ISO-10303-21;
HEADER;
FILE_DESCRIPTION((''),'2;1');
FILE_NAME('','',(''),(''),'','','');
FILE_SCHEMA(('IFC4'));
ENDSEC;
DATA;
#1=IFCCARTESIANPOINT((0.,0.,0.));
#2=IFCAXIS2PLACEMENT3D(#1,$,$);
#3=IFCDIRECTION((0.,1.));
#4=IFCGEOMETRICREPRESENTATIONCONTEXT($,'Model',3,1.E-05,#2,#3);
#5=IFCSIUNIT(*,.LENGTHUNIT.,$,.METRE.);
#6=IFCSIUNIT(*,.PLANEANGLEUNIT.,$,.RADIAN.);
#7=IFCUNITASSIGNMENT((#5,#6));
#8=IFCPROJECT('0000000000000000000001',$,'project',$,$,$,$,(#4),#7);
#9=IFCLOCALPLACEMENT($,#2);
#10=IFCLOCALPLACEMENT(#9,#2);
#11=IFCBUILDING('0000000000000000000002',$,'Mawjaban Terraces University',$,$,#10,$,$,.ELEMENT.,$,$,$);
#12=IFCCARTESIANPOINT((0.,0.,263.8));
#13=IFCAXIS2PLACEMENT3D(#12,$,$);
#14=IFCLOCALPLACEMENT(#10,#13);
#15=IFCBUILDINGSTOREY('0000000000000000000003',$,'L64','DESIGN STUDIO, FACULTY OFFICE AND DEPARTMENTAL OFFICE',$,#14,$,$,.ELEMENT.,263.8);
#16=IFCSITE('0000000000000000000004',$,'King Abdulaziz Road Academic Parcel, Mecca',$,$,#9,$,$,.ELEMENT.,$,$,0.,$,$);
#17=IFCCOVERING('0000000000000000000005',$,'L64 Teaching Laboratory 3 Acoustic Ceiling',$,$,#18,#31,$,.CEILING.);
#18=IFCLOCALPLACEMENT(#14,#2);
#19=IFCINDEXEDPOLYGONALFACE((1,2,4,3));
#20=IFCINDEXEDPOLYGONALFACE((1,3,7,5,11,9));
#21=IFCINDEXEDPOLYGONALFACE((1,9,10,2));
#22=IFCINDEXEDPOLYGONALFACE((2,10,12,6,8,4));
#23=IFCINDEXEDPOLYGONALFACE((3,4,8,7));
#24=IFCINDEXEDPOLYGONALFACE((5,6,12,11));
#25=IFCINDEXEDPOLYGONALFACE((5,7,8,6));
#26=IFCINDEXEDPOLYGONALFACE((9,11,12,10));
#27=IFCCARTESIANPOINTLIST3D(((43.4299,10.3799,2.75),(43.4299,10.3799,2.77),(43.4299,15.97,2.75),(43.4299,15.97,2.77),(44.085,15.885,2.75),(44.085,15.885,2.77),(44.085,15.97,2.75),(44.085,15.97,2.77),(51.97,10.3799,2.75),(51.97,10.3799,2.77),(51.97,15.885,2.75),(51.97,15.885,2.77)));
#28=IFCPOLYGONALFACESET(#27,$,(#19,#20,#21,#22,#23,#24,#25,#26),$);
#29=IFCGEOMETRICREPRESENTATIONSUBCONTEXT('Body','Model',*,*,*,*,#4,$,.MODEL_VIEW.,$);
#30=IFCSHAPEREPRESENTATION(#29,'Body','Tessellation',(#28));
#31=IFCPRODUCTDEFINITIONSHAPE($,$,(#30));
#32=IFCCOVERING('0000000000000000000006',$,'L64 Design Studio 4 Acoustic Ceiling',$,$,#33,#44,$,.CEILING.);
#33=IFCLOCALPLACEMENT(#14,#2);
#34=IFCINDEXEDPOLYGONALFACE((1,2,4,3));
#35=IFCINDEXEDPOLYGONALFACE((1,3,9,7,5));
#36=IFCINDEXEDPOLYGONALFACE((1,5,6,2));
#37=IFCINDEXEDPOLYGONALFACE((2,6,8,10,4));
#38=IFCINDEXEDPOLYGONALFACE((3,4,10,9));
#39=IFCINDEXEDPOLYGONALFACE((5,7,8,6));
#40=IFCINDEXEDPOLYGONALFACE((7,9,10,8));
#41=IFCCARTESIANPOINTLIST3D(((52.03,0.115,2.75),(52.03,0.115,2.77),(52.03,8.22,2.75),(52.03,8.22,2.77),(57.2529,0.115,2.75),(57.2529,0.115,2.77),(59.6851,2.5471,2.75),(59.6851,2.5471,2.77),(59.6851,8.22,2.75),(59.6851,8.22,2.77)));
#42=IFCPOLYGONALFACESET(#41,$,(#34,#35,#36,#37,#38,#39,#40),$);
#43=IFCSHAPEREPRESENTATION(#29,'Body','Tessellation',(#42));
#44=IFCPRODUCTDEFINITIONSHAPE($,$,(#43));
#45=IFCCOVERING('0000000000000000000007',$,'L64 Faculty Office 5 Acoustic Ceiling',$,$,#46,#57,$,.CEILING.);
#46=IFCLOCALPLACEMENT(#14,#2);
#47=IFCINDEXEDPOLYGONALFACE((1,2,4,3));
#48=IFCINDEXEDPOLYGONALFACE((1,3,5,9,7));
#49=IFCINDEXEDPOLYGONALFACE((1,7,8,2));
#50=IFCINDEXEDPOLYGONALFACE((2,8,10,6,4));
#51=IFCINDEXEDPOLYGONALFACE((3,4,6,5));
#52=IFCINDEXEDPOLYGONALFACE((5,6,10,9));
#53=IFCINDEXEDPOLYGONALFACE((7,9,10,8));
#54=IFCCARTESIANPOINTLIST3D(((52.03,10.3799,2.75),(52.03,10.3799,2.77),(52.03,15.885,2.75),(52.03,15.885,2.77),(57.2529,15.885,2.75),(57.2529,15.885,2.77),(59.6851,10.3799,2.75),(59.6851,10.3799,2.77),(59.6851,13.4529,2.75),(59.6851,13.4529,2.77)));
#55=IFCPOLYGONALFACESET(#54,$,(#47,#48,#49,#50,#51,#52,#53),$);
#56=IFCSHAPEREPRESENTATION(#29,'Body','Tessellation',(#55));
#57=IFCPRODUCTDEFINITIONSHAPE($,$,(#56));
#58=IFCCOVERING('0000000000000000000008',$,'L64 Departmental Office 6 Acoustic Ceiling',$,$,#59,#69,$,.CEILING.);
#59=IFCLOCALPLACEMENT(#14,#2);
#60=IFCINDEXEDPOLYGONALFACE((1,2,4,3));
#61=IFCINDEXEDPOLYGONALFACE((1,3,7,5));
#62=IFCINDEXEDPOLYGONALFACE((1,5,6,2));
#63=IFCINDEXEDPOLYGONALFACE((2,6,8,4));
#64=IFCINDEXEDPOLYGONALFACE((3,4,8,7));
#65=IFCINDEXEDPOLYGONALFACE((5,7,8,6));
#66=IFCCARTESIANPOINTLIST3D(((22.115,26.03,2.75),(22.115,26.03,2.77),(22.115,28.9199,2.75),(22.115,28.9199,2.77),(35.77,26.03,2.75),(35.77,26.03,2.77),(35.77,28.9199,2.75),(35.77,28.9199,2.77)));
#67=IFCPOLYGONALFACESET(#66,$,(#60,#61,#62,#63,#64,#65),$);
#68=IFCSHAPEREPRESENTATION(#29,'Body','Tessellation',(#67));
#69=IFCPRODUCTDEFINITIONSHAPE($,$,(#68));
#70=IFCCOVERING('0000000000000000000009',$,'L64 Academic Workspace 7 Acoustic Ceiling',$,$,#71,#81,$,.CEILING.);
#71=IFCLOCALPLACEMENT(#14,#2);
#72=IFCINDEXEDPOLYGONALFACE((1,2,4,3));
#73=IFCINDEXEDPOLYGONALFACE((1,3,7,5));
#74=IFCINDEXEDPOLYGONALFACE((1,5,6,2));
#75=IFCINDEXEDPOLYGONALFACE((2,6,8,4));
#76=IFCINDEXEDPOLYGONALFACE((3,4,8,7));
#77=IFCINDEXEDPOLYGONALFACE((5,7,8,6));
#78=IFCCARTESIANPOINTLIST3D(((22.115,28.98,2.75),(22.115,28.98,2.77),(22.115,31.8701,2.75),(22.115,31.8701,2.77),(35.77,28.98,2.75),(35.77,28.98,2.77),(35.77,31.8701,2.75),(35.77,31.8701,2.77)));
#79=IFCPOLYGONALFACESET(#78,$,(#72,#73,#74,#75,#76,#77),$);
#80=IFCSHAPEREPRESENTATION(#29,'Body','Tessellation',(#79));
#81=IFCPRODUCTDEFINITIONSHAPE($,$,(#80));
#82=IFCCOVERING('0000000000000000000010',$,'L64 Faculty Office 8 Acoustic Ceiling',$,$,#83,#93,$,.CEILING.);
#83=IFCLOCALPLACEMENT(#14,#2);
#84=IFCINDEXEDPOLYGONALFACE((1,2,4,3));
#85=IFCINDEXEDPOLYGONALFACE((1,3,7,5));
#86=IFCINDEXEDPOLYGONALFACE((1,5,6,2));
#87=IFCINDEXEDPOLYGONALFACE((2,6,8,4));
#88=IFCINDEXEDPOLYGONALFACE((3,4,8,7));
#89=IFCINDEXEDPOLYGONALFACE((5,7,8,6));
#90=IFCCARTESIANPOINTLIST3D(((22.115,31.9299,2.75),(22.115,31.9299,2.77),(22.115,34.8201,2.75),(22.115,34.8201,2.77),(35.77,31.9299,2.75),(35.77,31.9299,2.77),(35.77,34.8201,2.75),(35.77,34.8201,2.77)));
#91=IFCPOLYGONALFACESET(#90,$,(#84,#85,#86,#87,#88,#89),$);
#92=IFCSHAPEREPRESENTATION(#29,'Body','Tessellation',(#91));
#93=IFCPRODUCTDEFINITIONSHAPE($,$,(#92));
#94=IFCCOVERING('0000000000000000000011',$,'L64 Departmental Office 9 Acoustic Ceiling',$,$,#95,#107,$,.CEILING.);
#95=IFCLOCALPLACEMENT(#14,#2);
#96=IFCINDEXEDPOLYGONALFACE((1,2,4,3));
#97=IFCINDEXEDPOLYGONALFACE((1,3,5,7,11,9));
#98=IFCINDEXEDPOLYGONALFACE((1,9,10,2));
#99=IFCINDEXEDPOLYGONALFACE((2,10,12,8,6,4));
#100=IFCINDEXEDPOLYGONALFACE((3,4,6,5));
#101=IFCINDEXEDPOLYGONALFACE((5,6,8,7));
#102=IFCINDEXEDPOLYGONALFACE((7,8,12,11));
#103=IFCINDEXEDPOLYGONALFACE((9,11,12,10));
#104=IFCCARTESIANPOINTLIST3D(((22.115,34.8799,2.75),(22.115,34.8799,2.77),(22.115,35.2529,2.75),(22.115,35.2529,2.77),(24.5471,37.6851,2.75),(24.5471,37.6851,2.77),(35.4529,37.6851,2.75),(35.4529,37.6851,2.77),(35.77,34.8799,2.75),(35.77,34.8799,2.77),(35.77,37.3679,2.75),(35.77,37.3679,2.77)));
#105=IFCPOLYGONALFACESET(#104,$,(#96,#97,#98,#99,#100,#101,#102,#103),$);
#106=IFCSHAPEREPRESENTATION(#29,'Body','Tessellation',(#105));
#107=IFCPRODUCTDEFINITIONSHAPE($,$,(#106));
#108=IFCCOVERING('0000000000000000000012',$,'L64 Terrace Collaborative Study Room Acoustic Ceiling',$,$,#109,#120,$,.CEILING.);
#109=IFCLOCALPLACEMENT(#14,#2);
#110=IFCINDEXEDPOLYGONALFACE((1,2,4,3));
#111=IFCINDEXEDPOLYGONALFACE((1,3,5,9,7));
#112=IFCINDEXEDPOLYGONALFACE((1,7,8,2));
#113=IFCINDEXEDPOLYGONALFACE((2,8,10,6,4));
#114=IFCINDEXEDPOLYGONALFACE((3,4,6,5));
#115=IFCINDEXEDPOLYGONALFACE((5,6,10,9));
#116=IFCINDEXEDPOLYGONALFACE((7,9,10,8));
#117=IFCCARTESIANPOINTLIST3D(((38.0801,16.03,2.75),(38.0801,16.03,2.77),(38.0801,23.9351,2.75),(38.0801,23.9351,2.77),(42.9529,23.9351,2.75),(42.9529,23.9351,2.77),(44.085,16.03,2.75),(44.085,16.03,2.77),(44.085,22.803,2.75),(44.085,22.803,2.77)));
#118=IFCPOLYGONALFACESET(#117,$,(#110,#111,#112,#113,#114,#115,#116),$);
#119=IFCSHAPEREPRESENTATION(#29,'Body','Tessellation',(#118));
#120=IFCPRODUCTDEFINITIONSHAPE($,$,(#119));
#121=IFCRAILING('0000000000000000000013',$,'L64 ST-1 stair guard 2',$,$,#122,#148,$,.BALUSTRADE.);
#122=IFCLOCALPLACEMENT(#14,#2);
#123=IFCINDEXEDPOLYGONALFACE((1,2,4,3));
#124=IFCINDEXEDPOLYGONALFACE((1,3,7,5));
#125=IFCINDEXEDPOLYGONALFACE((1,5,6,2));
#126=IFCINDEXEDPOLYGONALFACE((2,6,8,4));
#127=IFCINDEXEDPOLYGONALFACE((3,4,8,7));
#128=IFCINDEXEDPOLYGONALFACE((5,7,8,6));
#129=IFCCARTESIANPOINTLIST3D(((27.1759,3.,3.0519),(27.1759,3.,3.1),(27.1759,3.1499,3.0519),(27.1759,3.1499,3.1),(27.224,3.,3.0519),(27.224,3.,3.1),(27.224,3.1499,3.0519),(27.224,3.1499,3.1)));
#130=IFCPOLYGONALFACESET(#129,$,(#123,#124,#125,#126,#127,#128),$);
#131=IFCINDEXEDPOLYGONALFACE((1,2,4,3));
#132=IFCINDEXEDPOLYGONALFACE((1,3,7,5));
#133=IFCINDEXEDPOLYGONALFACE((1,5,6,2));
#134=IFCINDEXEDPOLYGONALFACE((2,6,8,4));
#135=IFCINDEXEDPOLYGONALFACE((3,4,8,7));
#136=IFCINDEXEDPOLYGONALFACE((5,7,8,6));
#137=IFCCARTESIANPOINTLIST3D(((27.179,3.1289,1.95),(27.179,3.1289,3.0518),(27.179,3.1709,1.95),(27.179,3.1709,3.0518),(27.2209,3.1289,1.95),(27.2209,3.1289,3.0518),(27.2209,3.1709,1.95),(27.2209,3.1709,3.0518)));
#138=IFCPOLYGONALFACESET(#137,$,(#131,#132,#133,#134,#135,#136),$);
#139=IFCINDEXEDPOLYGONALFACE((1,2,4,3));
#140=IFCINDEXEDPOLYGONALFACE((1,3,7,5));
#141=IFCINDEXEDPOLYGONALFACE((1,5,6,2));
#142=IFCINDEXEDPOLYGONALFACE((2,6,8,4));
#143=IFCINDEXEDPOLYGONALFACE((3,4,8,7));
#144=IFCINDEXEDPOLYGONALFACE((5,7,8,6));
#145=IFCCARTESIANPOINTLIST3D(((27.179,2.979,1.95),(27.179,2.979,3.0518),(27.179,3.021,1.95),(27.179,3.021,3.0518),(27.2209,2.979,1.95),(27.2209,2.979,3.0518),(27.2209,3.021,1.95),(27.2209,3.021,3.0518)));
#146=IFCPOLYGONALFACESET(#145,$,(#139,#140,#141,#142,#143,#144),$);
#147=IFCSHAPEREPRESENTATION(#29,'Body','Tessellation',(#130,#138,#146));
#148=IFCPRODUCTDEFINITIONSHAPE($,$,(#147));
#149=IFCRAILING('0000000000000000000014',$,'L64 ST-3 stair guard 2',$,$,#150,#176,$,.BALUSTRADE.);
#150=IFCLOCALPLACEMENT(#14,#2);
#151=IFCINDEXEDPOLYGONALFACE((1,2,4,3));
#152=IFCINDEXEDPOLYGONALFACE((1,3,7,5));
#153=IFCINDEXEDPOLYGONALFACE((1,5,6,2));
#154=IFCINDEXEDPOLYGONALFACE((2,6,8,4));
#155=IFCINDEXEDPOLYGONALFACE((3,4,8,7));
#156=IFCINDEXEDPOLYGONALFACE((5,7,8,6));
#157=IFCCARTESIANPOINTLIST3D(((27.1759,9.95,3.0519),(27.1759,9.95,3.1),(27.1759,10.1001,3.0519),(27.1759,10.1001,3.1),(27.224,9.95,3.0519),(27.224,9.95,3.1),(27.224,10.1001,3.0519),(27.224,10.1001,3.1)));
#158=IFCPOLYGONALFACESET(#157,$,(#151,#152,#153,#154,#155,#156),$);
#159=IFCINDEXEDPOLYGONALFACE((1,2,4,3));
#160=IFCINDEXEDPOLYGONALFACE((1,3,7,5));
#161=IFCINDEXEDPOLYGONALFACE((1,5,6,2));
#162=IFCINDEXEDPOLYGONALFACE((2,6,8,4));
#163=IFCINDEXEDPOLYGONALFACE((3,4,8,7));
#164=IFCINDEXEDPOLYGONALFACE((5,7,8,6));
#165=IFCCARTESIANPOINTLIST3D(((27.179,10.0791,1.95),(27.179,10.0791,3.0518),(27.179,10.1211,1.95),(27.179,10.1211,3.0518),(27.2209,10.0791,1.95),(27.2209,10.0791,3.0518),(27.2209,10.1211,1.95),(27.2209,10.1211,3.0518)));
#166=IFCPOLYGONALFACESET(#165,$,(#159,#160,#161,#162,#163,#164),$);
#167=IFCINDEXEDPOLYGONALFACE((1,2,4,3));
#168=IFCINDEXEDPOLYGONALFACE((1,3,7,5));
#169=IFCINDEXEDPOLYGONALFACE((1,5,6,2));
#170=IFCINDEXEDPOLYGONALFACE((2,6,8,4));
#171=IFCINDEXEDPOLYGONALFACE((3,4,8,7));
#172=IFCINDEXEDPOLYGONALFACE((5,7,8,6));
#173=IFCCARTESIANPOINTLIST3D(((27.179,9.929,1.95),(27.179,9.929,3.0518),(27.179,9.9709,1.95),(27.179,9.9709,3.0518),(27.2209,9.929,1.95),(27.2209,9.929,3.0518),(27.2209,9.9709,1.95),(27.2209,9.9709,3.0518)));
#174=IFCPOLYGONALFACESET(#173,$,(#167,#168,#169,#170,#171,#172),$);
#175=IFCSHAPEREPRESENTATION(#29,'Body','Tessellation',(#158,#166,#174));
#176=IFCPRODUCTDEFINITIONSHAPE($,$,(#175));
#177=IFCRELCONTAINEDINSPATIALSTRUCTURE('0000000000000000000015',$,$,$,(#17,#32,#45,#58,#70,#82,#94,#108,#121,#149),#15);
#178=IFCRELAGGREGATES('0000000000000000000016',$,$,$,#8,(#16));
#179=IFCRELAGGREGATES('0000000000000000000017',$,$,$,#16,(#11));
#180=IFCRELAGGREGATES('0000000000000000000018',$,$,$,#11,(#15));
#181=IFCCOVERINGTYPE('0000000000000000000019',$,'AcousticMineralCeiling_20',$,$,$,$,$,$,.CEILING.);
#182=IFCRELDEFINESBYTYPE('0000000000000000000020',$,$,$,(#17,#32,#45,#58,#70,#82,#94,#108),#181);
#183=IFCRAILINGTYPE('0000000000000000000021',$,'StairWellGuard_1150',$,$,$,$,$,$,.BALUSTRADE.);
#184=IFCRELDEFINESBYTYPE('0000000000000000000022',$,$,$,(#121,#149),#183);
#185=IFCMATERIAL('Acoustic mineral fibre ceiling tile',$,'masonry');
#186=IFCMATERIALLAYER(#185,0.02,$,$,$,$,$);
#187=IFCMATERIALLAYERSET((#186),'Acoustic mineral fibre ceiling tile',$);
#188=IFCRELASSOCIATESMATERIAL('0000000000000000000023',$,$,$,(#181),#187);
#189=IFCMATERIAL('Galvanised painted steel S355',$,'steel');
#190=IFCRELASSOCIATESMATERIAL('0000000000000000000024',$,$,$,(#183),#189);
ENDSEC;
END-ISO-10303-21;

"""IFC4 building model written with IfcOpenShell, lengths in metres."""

from ifc_helpers import new_model, si_unit, direction, frame, origin, origin_2d, place, context, subcontext, project, spatial, polyline, rectangle, outline, extrude, material, layer, layer_set, type_object, element, save


model = new_model("IFC4")

# Units and contexts
model_context = context("Model", 3, precision=1e-05, world=origin(), true_north=direction((0.0, 1.0)))
body_context = subcontext(model_context, "Body", "Model", "MODEL_VIEW")
ifc_project = project(units=[si_unit("LENGTHUNIT", "METRE"), si_unit("PLANEANGLEUNIT", "RADIAN")], contexts=[model_context])

# Site, building, storey
site_placement = place(None, origin())
site = spatial("IfcSite", under=ifc_project, at=site_placement, Name="King Abdulaziz Road Academic Parcel, Mecca", CompositionType="ELEMENT", RefElevation=0.0)
building_placement = place(site_placement, origin())
building = spatial("IfcBuilding", under=site, at=building_placement, Name="Mawjaban Terraces University", CompositionType="ELEMENT")
storey_placement = place(building_placement, frame((0.0, 0.0, 263.8)))
storey = spatial("IfcBuildingStorey", under=building, at=storey_placement, Name="L64", Description="DESIGN STUDIO, FACULTY OFFICE AND DEPARTMENTAL OFFICE", CompositionType="ELEMENT", Elevation=263.8)

# Coverings
ifc_material_1 = material(Name="Acoustic mineral fibre ceiling tile", Category="masonry")
ifc_layer_1 = layer(ifc_material_1, 0.02)
ifc_layer_set_1 = layer_set([ifc_layer_1], Name="Acoustic mineral fibre ceiling tile")
covering_type = type_object("IfcCoveringType", Name="AcousticMineralCeiling_20", PredefinedType="CEILING", material=ifc_layer_set_1)
covering_1_placement = place(storey_placement, frame((0.0, 0.0, 2.75)))
element("IfcCovering", 1, at=covering_1_placement, inside=storey, type_object=covering_type, Name="L64 Teaching Laboratory 3 Acoustic Ceiling", PredefinedType="CEILING", context=body_context, shape_type="SweptSolid", body=[
    extrude(outline(polyline([(51.97, 15.885), (44.085, 15.885), (44.085, 15.97), (43.4299, 15.97), (43.4299, 10.3799), (51.97, 10.3799), (51.97, 15.885)])), origin(), (0.0, 0.0, 1.0), 0.02),
])
covering_2_placement = place(storey_placement, frame((0.0, 0.0, 2.75)))
element("IfcCovering", 2, at=covering_2_placement, inside=storey, type_object=covering_type, Name="L64 Design Studio 4 Acoustic Ceiling", PredefinedType="CEILING", context=body_context, shape_type="SweptSolid", body=[
    extrude(outline(polyline([(52.03, 0.115), (57.2529, 0.115), (59.6851, 2.5471), (59.6851, 8.22), (52.03, 8.22), (52.03, 0.115)])), origin(), (0.0, 0.0, 1.0), 0.02),
])
covering_3_placement = place(storey_placement, frame((0.0, 0.0, 2.75)))
element("IfcCovering", 3, at=covering_3_placement, inside=storey, type_object=covering_type, Name="L64 Faculty Office 5 Acoustic Ceiling", PredefinedType="CEILING", context=body_context, shape_type="SweptSolid", body=[
    extrude(outline(polyline([(59.6851, 10.3799), (59.6851, 13.4529), (57.2529, 15.885), (52.03, 15.885), (52.03, 10.3799), (59.6851, 10.3799)])), origin(), (0.0, 0.0, 1.0), 0.02),
])
covering_4_placement = place(storey_placement, frame((0.0, 0.0, 2.75)))
element("IfcCovering", 4, at=covering_4_placement, inside=storey, type_object=covering_type, Name="L64 Departmental Office 6 Acoustic Ceiling", PredefinedType="CEILING", context=body_context, shape_type="SweptSolid", body=[
    extrude(outline(polyline([(22.115, 28.9199), (22.115, 26.03), (35.77, 26.03), (35.77, 28.9199), (22.115, 28.9199)])), origin(), (0.0, 0.0, 1.0), 0.02),
])
covering_5_placement = place(storey_placement, frame((0.0, 0.0, 2.75)))
element("IfcCovering", 5, at=covering_5_placement, inside=storey, type_object=covering_type, Name="L64 Academic Workspace 7 Acoustic Ceiling", PredefinedType="CEILING", context=body_context, shape_type="SweptSolid", body=[
    extrude(outline(polyline([(22.115, 31.8701), (22.115, 28.98), (35.77, 28.98), (35.77, 31.8701), (22.115, 31.8701)])), origin(), (0.0, 0.0, 1.0), 0.02),
])
covering_6_placement = place(storey_placement, frame((0.0, 0.0, 2.75)))
element("IfcCovering", 6, at=covering_6_placement, inside=storey, type_object=covering_type, Name="L64 Faculty Office 8 Acoustic Ceiling", PredefinedType="CEILING", context=body_context, shape_type="SweptSolid", body=[
    extrude(outline(polyline([(22.115, 34.8201), (22.115, 31.9299), (35.77, 31.9299), (35.77, 34.8201), (22.115, 34.8201)])), origin(), (0.0, 0.0, 1.0), 0.02),
])
covering_7_placement = place(storey_placement, frame((0.0, 0.0, 2.75)))
element("IfcCovering", 7, at=covering_7_placement, inside=storey, type_object=covering_type, Name="L64 Departmental Office 9 Acoustic Ceiling", PredefinedType="CEILING", context=body_context, shape_type="SweptSolid", body=[
    extrude(outline(polyline([(35.77, 37.3679), (35.4529, 37.6851), (24.5471, 37.6851), (22.115, 35.2529), (22.115, 34.8799), (35.77, 34.8799), (35.77, 37.3679)])), origin(), (0.0, 0.0, 1.0), 0.02),
])
covering_8_placement = place(storey_placement, frame((0.0, 0.0, 2.75)))
element("IfcCovering", 8, at=covering_8_placement, inside=storey, type_object=covering_type, Name="L64 Terrace Collaborative Study Room Acoustic Ceiling", PredefinedType="CEILING", context=body_context, shape_type="SweptSolid", body=[
    extrude(outline(polyline([(44.085, 16.03), (44.085, 22.803), (42.9529, 23.9351), (38.0801, 23.9351), (38.0801, 16.03), (44.085, 16.03)])), origin(), (0.0, 0.0, 1.0), 0.02),
])

# Railings
ifc_material_2 = material(Name="Galvanised painted steel S355", Category="steel")
railing_type = type_object("IfcRailingType", Name="StairWellGuard_1150", PredefinedType="BALUSTRADE", material=ifc_material_2)
railing_1_placement = place(storey_placement, frame((27.2, 3.1499, 1.95)))
element("IfcRailing", 9, at=railing_1_placement, inside=storey, type_object=railing_type, Name="L64 ST-1 stair guard 2", PredefinedType="BALUSTRADE", context=body_context, shape_type="SweptSolid", body=[
    extrude(rectangle(XDim=0.0481, YDim=0.0481, at=origin_2d()), frame((0.0, 0.0, 1.126), z_axis=(0.0, -1.0, 0.0), x_axis=(1.0, 0.0, 0.0)), (0.0, 0.0, 1.0), 0.1499),
    extrude(rectangle(XDim=0.042, YDim=0.042, at=origin_2d()), origin(), (0.0, 0.0, 1.0), 1.1018),
    extrude(rectangle(XDim=0.042, YDim=0.042, at=origin_2d()), frame((0.0, -0.1499, 0.0)), (0.0, 0.0, 1.0), 1.1018),
])
railing_2_placement = place(storey_placement, frame((27.2, 10.1001, 1.95)))
element("IfcRailing", 10, at=railing_2_placement, inside=storey, type_object=railing_type, Name="L64 ST-3 stair guard 2", PredefinedType="BALUSTRADE", context=body_context, shape_type="SweptSolid", body=[
    extrude(rectangle(XDim=0.0481, YDim=0.0481, at=origin_2d()), frame((0.0, 0.0, 1.126), z_axis=(0.0, -1.0, 0.0), x_axis=(1.0, 0.0, 0.0)), (0.0, 0.0, 1.0), 0.1501),
    extrude(rectangle(XDim=0.042, YDim=0.042, at=origin_2d()), origin(), (0.0, 0.0, 1.0), 1.1018),
    extrude(rectangle(XDim=0.042, YDim=0.042, at=origin_2d()), frame((0.0, -0.1501, 0.0)), (0.0, 0.0, 1.0), 1.1018),
])

save(model, "model.ifc")
